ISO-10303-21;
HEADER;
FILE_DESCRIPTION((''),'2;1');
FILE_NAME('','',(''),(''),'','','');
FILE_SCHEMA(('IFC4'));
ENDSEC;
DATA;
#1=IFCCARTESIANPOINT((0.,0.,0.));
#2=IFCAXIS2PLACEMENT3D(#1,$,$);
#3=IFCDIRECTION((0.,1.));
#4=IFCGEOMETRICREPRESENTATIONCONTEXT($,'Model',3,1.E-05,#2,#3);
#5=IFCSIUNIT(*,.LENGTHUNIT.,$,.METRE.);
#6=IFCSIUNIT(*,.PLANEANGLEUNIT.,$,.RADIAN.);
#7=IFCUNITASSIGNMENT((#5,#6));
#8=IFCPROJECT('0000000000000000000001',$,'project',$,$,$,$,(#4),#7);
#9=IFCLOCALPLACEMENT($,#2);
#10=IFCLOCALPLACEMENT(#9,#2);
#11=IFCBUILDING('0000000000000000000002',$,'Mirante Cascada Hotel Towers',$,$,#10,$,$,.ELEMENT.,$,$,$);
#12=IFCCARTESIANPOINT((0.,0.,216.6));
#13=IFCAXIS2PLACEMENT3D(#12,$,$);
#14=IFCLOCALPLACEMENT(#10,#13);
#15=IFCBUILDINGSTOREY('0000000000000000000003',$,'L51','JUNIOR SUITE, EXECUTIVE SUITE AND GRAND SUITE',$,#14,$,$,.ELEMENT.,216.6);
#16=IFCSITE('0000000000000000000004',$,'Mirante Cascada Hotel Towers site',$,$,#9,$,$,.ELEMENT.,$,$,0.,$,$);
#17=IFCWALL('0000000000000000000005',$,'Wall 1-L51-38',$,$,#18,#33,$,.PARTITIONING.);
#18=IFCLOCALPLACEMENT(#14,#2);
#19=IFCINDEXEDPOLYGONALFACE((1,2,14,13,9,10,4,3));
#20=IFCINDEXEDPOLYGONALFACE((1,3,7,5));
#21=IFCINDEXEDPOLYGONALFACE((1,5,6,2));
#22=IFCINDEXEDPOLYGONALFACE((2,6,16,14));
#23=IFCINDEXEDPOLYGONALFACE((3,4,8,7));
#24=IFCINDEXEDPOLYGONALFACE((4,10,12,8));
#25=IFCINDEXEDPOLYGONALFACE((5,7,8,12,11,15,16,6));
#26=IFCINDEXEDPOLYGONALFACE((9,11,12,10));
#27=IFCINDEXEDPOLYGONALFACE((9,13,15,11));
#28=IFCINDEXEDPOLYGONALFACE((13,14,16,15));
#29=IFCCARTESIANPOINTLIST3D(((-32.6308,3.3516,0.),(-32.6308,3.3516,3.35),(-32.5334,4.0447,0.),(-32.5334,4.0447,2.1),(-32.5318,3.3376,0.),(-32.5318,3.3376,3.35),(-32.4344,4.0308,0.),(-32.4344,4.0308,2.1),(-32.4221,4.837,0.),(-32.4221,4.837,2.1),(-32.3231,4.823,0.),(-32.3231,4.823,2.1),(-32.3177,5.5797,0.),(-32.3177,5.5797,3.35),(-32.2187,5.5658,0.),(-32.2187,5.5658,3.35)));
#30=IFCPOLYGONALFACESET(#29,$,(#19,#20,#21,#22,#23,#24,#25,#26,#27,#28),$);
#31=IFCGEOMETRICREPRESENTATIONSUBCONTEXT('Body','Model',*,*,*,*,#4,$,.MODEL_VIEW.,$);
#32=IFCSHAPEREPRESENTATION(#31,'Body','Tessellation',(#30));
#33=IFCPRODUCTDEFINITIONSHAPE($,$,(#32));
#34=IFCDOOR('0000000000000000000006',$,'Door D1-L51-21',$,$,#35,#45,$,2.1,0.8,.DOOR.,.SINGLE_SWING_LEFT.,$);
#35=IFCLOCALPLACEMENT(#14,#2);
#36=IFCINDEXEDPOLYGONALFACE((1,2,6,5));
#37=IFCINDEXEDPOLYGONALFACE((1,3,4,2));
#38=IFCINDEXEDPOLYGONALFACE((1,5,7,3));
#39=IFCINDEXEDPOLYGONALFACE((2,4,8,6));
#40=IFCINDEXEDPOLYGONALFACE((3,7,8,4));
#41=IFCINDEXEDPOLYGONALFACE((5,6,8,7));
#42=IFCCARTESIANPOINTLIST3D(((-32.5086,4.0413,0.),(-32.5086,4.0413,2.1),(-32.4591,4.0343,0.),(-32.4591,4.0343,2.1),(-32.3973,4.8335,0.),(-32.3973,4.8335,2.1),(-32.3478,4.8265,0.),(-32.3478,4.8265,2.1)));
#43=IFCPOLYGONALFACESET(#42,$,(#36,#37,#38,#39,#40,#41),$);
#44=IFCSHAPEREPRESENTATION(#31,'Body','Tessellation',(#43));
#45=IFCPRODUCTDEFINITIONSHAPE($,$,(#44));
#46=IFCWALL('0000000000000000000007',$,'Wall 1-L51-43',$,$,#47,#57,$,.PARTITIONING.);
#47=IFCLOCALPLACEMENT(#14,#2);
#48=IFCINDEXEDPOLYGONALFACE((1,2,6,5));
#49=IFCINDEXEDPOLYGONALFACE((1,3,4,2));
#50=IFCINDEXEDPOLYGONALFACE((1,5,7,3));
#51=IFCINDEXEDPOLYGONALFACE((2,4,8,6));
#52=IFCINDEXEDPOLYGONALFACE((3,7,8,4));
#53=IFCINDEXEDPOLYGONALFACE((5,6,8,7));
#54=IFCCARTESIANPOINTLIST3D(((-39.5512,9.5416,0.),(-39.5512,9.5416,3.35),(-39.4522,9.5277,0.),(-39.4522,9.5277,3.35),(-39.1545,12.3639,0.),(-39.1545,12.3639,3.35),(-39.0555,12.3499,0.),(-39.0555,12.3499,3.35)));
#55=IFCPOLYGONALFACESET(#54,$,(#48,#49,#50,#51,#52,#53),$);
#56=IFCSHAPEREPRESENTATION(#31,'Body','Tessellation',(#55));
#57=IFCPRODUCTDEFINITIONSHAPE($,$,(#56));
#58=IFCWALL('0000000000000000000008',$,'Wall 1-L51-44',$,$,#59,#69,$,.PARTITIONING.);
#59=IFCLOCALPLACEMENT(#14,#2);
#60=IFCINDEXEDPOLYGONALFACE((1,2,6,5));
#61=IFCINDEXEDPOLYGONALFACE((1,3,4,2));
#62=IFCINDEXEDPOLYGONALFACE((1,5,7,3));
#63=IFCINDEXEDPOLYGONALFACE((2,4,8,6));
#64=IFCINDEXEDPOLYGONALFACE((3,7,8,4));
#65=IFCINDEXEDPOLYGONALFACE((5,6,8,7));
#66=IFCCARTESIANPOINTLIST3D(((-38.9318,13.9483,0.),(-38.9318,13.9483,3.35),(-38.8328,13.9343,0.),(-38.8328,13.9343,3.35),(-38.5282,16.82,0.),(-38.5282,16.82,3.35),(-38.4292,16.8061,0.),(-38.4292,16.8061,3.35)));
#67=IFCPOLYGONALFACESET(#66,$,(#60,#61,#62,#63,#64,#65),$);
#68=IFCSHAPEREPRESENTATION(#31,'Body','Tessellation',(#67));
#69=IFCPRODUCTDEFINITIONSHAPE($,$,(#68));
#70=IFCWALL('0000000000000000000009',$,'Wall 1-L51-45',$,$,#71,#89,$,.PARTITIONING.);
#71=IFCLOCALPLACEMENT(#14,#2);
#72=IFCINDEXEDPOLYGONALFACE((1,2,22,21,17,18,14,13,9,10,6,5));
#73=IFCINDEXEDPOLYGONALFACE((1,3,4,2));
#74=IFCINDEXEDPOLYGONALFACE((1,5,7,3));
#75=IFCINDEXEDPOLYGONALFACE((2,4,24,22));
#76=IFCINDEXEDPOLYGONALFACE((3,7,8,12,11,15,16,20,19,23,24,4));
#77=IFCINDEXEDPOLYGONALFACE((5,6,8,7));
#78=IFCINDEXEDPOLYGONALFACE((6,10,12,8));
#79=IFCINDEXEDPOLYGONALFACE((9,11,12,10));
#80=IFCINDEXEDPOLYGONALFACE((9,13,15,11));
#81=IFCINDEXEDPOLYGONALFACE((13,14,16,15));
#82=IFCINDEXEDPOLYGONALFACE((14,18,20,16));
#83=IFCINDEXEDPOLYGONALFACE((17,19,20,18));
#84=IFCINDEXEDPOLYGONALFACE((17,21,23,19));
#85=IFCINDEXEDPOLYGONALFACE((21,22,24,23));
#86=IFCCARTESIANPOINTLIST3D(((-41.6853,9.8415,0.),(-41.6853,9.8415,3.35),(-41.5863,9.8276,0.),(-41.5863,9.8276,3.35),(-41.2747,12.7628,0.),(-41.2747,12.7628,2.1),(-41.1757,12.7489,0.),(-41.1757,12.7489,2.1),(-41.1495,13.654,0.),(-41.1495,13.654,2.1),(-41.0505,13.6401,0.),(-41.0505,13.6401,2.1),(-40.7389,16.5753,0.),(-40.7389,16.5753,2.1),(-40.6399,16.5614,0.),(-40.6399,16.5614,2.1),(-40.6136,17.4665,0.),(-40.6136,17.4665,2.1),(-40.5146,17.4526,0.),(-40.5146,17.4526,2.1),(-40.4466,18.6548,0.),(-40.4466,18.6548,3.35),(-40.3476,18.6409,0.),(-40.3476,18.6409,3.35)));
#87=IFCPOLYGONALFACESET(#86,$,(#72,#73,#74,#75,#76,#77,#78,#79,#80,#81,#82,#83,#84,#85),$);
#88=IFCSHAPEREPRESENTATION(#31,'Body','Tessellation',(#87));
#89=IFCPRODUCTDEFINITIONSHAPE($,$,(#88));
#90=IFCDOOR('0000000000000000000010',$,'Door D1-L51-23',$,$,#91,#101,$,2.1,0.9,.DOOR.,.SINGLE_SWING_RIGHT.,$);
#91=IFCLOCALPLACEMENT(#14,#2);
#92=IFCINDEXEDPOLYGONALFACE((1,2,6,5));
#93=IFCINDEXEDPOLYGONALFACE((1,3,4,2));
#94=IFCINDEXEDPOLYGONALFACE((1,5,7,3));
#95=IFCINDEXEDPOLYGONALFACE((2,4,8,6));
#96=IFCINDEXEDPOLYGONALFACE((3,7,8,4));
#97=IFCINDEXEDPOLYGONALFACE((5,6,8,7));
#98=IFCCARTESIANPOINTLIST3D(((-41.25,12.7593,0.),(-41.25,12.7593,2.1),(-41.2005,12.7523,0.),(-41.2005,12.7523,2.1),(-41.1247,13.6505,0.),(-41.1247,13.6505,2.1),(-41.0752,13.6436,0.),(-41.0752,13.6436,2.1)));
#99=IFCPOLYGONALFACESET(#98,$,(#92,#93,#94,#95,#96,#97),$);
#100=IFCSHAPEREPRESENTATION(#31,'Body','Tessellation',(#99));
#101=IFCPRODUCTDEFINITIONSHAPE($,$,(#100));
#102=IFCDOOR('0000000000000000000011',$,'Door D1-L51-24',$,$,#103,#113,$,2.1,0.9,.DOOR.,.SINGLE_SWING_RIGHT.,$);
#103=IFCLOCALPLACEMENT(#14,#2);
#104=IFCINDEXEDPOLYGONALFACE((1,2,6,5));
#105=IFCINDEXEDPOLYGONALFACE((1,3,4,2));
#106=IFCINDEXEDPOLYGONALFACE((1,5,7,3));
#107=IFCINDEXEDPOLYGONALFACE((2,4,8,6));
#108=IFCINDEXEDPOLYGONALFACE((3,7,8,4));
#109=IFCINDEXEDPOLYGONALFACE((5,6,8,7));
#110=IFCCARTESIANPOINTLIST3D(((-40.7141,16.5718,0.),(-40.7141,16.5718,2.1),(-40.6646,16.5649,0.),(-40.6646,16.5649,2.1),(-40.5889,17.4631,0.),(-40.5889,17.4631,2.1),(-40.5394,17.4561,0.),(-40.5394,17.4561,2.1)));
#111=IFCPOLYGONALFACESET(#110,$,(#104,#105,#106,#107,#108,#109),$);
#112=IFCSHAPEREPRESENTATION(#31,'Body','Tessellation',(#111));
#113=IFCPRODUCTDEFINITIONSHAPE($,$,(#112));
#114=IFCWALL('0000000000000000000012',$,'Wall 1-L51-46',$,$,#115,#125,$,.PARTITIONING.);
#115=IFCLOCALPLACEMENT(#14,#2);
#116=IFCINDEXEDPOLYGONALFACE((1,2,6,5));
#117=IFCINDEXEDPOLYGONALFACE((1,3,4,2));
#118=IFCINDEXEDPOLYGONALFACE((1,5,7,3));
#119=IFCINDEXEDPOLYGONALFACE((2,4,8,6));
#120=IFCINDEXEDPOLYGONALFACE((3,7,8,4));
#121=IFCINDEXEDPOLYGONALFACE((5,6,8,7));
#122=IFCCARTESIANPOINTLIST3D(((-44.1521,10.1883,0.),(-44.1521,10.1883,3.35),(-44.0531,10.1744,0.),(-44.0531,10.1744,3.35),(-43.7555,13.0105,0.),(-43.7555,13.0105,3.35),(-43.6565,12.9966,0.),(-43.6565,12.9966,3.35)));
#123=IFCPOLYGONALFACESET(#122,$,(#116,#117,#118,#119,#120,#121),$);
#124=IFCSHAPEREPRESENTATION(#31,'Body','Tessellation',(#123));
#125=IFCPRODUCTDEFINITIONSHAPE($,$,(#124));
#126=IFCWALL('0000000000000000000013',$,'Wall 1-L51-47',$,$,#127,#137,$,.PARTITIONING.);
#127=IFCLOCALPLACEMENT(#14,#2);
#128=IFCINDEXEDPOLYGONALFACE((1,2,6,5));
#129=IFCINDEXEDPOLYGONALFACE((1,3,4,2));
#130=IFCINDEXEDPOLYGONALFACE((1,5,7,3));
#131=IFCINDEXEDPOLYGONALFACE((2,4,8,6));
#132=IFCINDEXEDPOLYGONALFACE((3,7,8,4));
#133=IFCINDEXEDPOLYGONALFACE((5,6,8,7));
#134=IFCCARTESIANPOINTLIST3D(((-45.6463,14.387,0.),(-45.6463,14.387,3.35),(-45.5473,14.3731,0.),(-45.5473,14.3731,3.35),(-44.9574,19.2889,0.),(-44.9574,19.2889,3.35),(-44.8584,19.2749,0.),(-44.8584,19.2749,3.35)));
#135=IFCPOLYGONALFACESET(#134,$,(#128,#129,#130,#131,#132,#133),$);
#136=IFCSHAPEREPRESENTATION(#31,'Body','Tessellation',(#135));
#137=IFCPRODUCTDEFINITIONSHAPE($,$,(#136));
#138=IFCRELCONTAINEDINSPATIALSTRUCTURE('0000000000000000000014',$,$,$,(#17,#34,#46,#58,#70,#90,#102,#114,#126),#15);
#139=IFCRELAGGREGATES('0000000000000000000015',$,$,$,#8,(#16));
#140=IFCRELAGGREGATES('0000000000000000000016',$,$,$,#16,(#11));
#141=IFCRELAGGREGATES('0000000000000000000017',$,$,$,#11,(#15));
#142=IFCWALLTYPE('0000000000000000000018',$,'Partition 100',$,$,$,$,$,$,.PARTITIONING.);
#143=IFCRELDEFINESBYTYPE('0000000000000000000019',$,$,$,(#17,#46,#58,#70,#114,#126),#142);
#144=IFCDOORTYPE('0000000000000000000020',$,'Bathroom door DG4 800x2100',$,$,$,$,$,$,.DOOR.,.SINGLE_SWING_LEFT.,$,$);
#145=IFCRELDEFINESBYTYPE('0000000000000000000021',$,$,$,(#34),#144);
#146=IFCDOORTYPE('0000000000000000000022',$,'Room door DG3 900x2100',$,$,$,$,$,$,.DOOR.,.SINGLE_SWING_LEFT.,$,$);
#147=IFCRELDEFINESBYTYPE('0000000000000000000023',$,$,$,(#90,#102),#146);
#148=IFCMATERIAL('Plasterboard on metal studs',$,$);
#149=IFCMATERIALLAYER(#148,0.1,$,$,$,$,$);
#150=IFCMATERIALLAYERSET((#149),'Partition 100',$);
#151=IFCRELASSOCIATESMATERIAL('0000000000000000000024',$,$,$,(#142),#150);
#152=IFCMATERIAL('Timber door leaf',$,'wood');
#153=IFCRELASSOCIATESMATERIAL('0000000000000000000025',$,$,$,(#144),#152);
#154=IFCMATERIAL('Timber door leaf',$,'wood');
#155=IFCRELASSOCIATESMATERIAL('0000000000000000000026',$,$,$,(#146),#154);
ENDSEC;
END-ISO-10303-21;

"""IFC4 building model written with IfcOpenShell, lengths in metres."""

from ifc_helpers import new_model, si_unit, direction, frame, frame_2d, origin, place, context, subcontext, project, spatial, rectangle, extrude, material, layer, layer_set, type_object, element, fill, save


model = new_model("IFC4")

# Units and contexts
model_context = context("Model", 3, precision=1e-05, world=origin(), true_north=direction((0.0, 1.0)))
body_context = subcontext(model_context, "Body", "Model", "MODEL_VIEW")
ifc_project = project(units=[si_unit("LENGTHUNIT", "METRE"), si_unit("PLANEANGLEUNIT", "RADIAN")], contexts=[model_context])

# Site, building, storey
site_placement = place(None, origin())
site = spatial("IfcSite", under=ifc_project, at=site_placement, Name="Mirante Cascada Hotel Towers site", CompositionType="ELEMENT", RefElevation=0.0)
building_placement = place(site_placement, origin())
building = spatial("IfcBuilding", under=site, at=building_placement, Name="Mirante Cascada Hotel Towers", CompositionType="ELEMENT")
storey_placement = place(building_placement, frame((0.0, 0.0, 216.6)))
storey = spatial("IfcBuildingStorey", under=building, at=storey_placement, Name="L51", Description="JUNIOR SUITE, EXECUTIVE SUITE AND GRAND SUITE", CompositionType="ELEMENT", Elevation=216.6)

# Shared definitions
ifc_material_1 = material(Name="Plasterboard on metal studs")
ifc_layer_1 = layer(ifc_material_1, 0.1)
ifc_layer_set_1 = layer_set([ifc_layer_1], Name="Partition 100")
wall_type_1 = type_object("IfcWallType", Name="Partition 100", PredefinedType="PARTITIONING", material=ifc_layer_set_1)

# Shared definitions
ifc_material_2 = material(Name="Timber door leaf", Category="wood")
door_type_1 = type_object("IfcDoorType", Name="Bathroom door DG4 800x2100", OperationType="SINGLE_SWING_LEFT", PredefinedType="DOOR", material=ifc_material_2)

# Wall, opening, door
wall_1_placement = place(storey_placement, frame((-32.5813, 3.3446, 0.0), z_axis=(0.0, 0.0, 1.0), x_axis=(0.139156, 0.990271, 0.0)))
wall_1 = element("IfcWall", 1, at=wall_1_placement, inside=storey, type_object=wall_type_1, Name="Wall 1-L51-38", PredefinedType="PARTITIONING", context=body_context, shape_type="SweptSolid", body=[
    extrude(rectangle(XDim=2.25, YDim=0.1, at=frame_2d((1.125, 0.0))), origin(), (0.0, 0.0, 1.0), 3.35),
])
opening_1_placement = place(wall_1_placement, frame((0.7, 0.0, 0.0)))
opening_1 = element("IfcOpeningElement", 2, at=opening_1_placement, cuts=wall_1, PredefinedType="OPENING", context=body_context, shape_type="SweptSolid", body=[
    extrude(rectangle(XDim=0.8, YDim=2.1, at=frame_2d((0.4, 1.05))), frame((0.0, 0.05, 0.0), z_axis=(0.0, -1.0, 0.0), x_axis=(1.0, 0.0, 0.0)), (0.0, 0.0, 1.0), 0.1),
])
door_1_placement = place(opening_1_placement, origin())
door_1 = element("IfcDoor", 3, at=door_1_placement, inside=storey, type_object=door_type_1, Name="Door D1-L51-21", OperationType="SINGLE_SWING_LEFT", OverallHeight=2.1, OverallWidth=0.8, PredefinedType="DOOR", context=body_context, shape_type="SweptSolid", body=[
    extrude(rectangle(XDim=0.8, YDim=2.1, at=frame_2d((0.4, 1.05))), frame((0.0, 0.025, 0.0), z_axis=(0.0, -1.0, 0.0), x_axis=(1.0, 0.0, 0.0)), (0.0, 0.0, 1.0), 0.05),
])
fill(opening_1, door_1)

# Walls
wall_2_placement = place(storey_placement, frame((-39.105, 12.3569, 0.0), z_axis=(0.0, 0.0, 1.0), x_axis=(-0.139191, -0.990266, 0.0)))
element("IfcWall", 4, at=wall_2_placement, inside=storey, type_object=wall_type_1, Name="Wall 1-L51-43", PredefinedType="PARTITIONING", context=body_context, shape_type="SweptSolid", body=[
    extrude(rectangle(XDim=2.85, YDim=0.1, at=frame_2d((1.425, 0.0))), origin(), (0.0, 0.0, 1.0), 3.35),
])
wall_3_placement = place(storey_placement, frame((-38.8823, 13.9413, 0.0), z_axis=(0.0, 0.0, 1.0), x_axis=(0.139171, 0.990268, 0.0)))
element("IfcWall", 5, at=wall_3_placement, inside=storey, type_object=wall_type_1, Name="Wall 1-L51-44", PredefinedType="PARTITIONING", context=body_context, shape_type="SweptSolid", body=[
    extrude(rectangle(XDim=2.9, YDim=0.1, at=frame_2d((1.45, 0.0))), origin(), (0.0, 0.0, 1.0), 3.35),
])

# Wall, openings, doors
wall_4_placement = place(storey_placement, frame((-40.3971, 18.6479, 0.0), z_axis=(0.0, 0.0, 1.0), x_axis=(-0.139181, -0.990267, 0.0)))
wall_4 = element("IfcWall", 6, at=wall_4_placement, inside=storey, type_object=wall_type_1, Name="Wall 1-L51-45", PredefinedType="PARTITIONING", context=body_context, shape_type="SweptSolid", body=[
    extrude(rectangle(XDim=8.8999, YDim=0.1, at=frame_2d((4.45, 0.0))), origin(), (0.0, 0.0, 1.0), 3.35),
])
opening_2_placement = place(wall_4_placement, frame((5.05, 0.0, 0.0)))
opening_2 = element("IfcOpeningElement", 7, at=opening_2_placement, cuts=wall_4, PredefinedType="OPENING", context=body_context, shape_type="SweptSolid", body=[
    extrude(rectangle(XDim=0.9, YDim=2.1, at=frame_2d((0.45, 1.05))), frame((0.0, 0.05, 0.0), z_axis=(0.0, -1.0, 0.0), x_axis=(1.0, 0.0, 0.0)), (0.0, 0.0, 1.0), 0.1),
])
opening_3_placement = place(wall_4_placement, frame((1.2, 0.0, 0.0)))
opening_3 = element("IfcOpeningElement", 8, at=opening_3_placement, cuts=wall_4, PredefinedType="OPENING", context=body_context, shape_type="SweptSolid", body=[
    extrude(rectangle(XDim=0.9, YDim=2.1, at=frame_2d((0.45, 1.05))), frame((0.0, 0.05, 0.0), z_axis=(0.0, -1.0, 0.0), x_axis=(1.0, 0.0, 0.0)), (0.0, 0.0, 1.0), 0.1),
])
ifc_material_3 = material(Name="Timber door leaf", Category="wood")
door_type_2 = type_object("IfcDoorType", Name="Room door DG3 900x2100", OperationType="SINGLE_SWING_LEFT", PredefinedType="DOOR", material=ifc_material_3)
door_2_placement = place(opening_2_placement, frame((0.9, 0.0, 0.0), z_axis=(0.0, 0.0, 1.0), x_axis=(-1.0, 0.0, 0.0)))
door_2 = element("IfcDoor", 9, at=door_2_placement, inside=storey, type_object=door_type_2, Name="Door D1-L51-23", OperationType="SINGLE_SWING_RIGHT", OverallHeight=2.1, OverallWidth=0.9, PredefinedType="DOOR", context=body_context, shape_type="SweptSolid", body=[
    extrude(rectangle(XDim=0.9, YDim=2.1, at=frame_2d((0.45, 1.05))), frame((0.0, 0.025, 0.0), z_axis=(0.0, -1.0, 0.0), x_axis=(1.0, 0.0, 0.0)), (0.0, 0.0, 1.0), 0.05),
])
fill(opening_2, door_2)
door_3_placement = place(opening_3_placement, frame((0.9, 0.0, 0.0), z_axis=(0.0, 0.0, 1.0), x_axis=(-1.0, 0.0, 0.0)))
door_3 = element("IfcDoor", 10, at=door_3_placement, inside=storey, type_object=door_type_2, Name="Door D1-L51-24", OperationType="SINGLE_SWING_RIGHT", OverallHeight=2.1, OverallWidth=0.9, PredefinedType="DOOR", context=body_context, shape_type="SweptSolid", body=[
    extrude(rectangle(XDim=0.9, YDim=2.1, at=frame_2d((0.45, 1.05))), frame((0.0, 0.025, 0.0), z_axis=(0.0, -1.0, 0.0), x_axis=(1.0, 0.0, 0.0)), (0.0, 0.0, 1.0), 0.05),
])
fill(opening_3, door_3)

# Walls
wall_5_placement = place(storey_placement, frame((-44.1026, 10.1813, 0.0), z_axis=(0.0, 0.0, 1.0), x_axis=(0.139161, 0.99027, 0.0)))
element("IfcWall", 11, at=wall_5_placement, inside=storey, type_object=wall_type_1, Name="Wall 1-L51-46", PredefinedType="PARTITIONING", context=body_context, shape_type="SweptSolid", body=[
    extrude(rectangle(XDim=2.8499, YDim=0.1, at=frame_2d((1.425, 0.0))), origin(), (0.0, 0.0, 1.0), 3.35),
])
wall_6_placement = place(storey_placement, frame((-44.9079, 19.2819, 0.0), z_axis=(0.0, 0.0, 1.0), x_axis=(-0.139173, -0.990268, 0.0)))
element("IfcWall", 12, at=wall_6_placement, inside=storey, type_object=wall_type_1, Name="Wall 1-L51-47", PredefinedType="PARTITIONING", context=body_context, shape_type="SweptSolid", body=[
    extrude(rectangle(XDim=4.95, YDim=0.1, at=frame_2d((2.475, 0.0))), origin(), (0.0, 0.0, 1.0), 3.35),
])

save(model, "model.ifc")
